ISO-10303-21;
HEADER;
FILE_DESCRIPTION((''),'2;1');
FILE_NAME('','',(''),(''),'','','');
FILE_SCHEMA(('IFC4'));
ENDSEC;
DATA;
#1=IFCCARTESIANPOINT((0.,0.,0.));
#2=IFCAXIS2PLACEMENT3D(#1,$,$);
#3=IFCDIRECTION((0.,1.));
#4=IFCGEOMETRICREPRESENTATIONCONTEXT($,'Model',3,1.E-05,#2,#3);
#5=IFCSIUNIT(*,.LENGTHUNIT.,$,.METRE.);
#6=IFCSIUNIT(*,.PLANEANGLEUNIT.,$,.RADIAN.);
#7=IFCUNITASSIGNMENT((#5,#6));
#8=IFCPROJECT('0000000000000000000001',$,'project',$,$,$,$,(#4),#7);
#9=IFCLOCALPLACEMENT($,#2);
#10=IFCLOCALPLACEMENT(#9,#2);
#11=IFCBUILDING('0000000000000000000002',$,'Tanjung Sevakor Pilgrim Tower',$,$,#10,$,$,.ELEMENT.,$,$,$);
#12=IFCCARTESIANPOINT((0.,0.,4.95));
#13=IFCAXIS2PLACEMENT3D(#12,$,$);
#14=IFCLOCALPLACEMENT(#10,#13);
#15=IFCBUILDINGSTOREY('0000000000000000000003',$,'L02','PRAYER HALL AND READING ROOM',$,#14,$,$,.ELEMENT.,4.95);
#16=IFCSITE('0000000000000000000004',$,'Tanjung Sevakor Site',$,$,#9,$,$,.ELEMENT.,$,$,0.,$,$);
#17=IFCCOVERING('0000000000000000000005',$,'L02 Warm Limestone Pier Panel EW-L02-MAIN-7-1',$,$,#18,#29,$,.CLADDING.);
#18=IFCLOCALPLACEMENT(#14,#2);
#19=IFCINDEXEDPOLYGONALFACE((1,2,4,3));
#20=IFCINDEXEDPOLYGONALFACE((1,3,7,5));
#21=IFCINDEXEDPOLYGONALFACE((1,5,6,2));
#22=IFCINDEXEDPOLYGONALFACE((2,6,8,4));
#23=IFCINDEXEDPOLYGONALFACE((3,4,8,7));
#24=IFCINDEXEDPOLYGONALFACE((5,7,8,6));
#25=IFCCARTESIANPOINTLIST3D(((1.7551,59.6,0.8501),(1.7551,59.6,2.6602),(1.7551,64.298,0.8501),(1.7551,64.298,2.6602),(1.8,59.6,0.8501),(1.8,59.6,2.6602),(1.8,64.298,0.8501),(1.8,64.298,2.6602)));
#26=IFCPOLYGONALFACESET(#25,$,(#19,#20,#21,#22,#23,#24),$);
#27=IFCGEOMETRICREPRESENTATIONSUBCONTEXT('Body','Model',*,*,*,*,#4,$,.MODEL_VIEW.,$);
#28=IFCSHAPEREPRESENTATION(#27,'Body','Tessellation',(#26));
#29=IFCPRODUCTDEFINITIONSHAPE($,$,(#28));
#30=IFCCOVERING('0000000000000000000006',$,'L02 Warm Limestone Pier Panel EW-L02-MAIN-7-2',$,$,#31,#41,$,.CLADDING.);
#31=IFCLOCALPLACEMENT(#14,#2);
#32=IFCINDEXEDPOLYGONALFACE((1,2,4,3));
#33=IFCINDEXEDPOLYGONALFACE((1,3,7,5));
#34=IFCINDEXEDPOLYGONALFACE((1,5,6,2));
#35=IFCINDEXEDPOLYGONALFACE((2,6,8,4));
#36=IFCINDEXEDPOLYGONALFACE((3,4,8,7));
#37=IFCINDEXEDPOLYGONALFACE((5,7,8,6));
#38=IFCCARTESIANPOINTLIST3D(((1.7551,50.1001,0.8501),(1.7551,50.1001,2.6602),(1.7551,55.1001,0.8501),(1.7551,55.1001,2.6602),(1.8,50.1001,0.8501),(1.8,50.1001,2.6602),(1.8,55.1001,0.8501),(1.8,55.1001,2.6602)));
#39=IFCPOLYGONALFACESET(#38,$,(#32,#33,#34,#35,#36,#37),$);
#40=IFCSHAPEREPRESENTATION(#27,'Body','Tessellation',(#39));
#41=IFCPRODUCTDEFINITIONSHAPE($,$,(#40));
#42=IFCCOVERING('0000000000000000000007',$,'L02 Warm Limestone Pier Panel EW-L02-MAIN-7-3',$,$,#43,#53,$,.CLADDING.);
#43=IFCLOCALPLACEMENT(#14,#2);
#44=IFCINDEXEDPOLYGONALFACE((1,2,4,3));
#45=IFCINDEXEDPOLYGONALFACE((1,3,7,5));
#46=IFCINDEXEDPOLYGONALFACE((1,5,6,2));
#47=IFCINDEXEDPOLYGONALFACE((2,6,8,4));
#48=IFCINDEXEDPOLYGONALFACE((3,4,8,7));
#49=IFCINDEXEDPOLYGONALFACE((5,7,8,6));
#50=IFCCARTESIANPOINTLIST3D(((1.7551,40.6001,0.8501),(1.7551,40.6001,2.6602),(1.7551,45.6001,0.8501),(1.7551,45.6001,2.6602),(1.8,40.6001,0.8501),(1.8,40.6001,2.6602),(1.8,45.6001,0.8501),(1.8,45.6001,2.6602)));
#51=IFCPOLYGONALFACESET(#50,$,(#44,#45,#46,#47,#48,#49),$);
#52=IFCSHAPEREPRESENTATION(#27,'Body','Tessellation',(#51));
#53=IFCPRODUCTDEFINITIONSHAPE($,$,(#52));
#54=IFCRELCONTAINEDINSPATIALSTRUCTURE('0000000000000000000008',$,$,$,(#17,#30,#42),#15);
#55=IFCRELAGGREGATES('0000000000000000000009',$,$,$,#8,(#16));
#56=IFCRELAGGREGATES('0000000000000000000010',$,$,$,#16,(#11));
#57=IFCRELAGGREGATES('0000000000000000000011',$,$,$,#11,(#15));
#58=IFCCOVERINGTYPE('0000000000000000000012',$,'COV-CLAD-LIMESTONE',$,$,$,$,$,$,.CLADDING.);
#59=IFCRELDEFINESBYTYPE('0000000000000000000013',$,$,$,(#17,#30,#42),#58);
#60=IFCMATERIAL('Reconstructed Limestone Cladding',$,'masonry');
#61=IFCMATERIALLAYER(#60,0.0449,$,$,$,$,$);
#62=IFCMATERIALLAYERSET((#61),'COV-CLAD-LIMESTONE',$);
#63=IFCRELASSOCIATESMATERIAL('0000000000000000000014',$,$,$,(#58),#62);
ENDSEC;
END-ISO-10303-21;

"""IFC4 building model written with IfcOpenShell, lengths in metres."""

from ifc_helpers import new_model, si_unit, direction, frame, origin, origin_2d, place, context, subcontext, project, spatial, rectangle, extrude, material, layer, layer_set, type_object, element, save


model = new_model("IFC4")

# Units and contexts
model_context = context("Model", 3, precision=1e-05, world=origin(), true_north=direction((0.0, 1.0)))
body_context = subcontext(model_context, "Body", "Model", "MODEL_VIEW")
ifc_project = project(units=[si_unit("LENGTHUNIT", "METRE"), si_unit("PLANEANGLEUNIT", "RADIAN")], contexts=[model_context])

# Site, building, storey
site_placement = place(None, origin())
site = spatial("IfcSite", under=ifc_project, at=site_placement, Name="Tanjung Sevakor Site", CompositionType="ELEMENT", RefElevation=0.0)
building_placement = place(site_placement, origin())
building = spatial("IfcBuilding", under=site, at=building_placement, Name="Tanjung Sevakor Pilgrim Tower", CompositionType="ELEMENT")
storey_placement = place(building_placement, frame((0.0, 0.0, 4.95)))
storey = spatial("IfcBuildingStorey", under=building, at=storey_placement, Name="L02", Description="PRAYER HALL AND READING ROOM", CompositionType="ELEMENT", Elevation=4.95)

# Coverings
ifc_material_1 = material(Name="Reconstructed Limestone Cladding", Category="masonry")
ifc_layer_1 = layer(ifc_material_1, 0.0449)
ifc_layer_set_1 = layer_set([ifc_layer_1], Name="COV-CLAD-LIMESTONE")
covering_type = type_object("IfcCoveringType", Name="COV-CLAD-LIMESTONE", PredefinedType="CLADDING", material=ifc_layer_set_1)
covering_1_placement = place(storey_placement, frame((1.7776, 61.949, 0.8501), z_axis=(0.0, 0.0, 1.0), x_axis=(0.0, -1.0, 0.0)))
element("IfcCovering", 1, at=covering_1_placement, inside=storey, type_object=covering_type, Name="L02 Warm Limestone Pier Panel EW-L02-MAIN-7-1", PredefinedType="CLADDING", context=body_context, shape_type="SweptSolid", body=[
    extrude(rectangle(XDim=4.698, YDim=0.0449, at=origin_2d()), origin(), (0.0, 0.0, 1.0), 1.8101),
])
for number, where, z_axis, x_axis, name in (
    (2, (1.7776, 52.6001, 0.8501), (0.0, 0.0, 1.0), (0.0, -1.0, 0.0), "L02 Warm Limestone Pier Panel EW-L02-MAIN-7-2"),
    (3, (1.7776, 43.1001, 0.8501), (0.0, 0.0, 1.0), (0.0, -1.0, 0.0), "L02 Warm Limestone Pier Panel EW-L02-MAIN-7-3"),
):
    element("IfcCovering", number, at=place(storey_placement, frame(where, z_axis=z_axis, x_axis=x_axis)), inside=storey, type_object=covering_type, Name=name, PredefinedType="CLADDING", context=body_context, shape_type="SweptSolid", body=[
        extrude(rectangle(XDim=5.0, YDim=0.0449, at=origin_2d()), origin(), (0.0, 0.0, 1.0), 1.8101),
    ])

save(model, "model.ifc")
